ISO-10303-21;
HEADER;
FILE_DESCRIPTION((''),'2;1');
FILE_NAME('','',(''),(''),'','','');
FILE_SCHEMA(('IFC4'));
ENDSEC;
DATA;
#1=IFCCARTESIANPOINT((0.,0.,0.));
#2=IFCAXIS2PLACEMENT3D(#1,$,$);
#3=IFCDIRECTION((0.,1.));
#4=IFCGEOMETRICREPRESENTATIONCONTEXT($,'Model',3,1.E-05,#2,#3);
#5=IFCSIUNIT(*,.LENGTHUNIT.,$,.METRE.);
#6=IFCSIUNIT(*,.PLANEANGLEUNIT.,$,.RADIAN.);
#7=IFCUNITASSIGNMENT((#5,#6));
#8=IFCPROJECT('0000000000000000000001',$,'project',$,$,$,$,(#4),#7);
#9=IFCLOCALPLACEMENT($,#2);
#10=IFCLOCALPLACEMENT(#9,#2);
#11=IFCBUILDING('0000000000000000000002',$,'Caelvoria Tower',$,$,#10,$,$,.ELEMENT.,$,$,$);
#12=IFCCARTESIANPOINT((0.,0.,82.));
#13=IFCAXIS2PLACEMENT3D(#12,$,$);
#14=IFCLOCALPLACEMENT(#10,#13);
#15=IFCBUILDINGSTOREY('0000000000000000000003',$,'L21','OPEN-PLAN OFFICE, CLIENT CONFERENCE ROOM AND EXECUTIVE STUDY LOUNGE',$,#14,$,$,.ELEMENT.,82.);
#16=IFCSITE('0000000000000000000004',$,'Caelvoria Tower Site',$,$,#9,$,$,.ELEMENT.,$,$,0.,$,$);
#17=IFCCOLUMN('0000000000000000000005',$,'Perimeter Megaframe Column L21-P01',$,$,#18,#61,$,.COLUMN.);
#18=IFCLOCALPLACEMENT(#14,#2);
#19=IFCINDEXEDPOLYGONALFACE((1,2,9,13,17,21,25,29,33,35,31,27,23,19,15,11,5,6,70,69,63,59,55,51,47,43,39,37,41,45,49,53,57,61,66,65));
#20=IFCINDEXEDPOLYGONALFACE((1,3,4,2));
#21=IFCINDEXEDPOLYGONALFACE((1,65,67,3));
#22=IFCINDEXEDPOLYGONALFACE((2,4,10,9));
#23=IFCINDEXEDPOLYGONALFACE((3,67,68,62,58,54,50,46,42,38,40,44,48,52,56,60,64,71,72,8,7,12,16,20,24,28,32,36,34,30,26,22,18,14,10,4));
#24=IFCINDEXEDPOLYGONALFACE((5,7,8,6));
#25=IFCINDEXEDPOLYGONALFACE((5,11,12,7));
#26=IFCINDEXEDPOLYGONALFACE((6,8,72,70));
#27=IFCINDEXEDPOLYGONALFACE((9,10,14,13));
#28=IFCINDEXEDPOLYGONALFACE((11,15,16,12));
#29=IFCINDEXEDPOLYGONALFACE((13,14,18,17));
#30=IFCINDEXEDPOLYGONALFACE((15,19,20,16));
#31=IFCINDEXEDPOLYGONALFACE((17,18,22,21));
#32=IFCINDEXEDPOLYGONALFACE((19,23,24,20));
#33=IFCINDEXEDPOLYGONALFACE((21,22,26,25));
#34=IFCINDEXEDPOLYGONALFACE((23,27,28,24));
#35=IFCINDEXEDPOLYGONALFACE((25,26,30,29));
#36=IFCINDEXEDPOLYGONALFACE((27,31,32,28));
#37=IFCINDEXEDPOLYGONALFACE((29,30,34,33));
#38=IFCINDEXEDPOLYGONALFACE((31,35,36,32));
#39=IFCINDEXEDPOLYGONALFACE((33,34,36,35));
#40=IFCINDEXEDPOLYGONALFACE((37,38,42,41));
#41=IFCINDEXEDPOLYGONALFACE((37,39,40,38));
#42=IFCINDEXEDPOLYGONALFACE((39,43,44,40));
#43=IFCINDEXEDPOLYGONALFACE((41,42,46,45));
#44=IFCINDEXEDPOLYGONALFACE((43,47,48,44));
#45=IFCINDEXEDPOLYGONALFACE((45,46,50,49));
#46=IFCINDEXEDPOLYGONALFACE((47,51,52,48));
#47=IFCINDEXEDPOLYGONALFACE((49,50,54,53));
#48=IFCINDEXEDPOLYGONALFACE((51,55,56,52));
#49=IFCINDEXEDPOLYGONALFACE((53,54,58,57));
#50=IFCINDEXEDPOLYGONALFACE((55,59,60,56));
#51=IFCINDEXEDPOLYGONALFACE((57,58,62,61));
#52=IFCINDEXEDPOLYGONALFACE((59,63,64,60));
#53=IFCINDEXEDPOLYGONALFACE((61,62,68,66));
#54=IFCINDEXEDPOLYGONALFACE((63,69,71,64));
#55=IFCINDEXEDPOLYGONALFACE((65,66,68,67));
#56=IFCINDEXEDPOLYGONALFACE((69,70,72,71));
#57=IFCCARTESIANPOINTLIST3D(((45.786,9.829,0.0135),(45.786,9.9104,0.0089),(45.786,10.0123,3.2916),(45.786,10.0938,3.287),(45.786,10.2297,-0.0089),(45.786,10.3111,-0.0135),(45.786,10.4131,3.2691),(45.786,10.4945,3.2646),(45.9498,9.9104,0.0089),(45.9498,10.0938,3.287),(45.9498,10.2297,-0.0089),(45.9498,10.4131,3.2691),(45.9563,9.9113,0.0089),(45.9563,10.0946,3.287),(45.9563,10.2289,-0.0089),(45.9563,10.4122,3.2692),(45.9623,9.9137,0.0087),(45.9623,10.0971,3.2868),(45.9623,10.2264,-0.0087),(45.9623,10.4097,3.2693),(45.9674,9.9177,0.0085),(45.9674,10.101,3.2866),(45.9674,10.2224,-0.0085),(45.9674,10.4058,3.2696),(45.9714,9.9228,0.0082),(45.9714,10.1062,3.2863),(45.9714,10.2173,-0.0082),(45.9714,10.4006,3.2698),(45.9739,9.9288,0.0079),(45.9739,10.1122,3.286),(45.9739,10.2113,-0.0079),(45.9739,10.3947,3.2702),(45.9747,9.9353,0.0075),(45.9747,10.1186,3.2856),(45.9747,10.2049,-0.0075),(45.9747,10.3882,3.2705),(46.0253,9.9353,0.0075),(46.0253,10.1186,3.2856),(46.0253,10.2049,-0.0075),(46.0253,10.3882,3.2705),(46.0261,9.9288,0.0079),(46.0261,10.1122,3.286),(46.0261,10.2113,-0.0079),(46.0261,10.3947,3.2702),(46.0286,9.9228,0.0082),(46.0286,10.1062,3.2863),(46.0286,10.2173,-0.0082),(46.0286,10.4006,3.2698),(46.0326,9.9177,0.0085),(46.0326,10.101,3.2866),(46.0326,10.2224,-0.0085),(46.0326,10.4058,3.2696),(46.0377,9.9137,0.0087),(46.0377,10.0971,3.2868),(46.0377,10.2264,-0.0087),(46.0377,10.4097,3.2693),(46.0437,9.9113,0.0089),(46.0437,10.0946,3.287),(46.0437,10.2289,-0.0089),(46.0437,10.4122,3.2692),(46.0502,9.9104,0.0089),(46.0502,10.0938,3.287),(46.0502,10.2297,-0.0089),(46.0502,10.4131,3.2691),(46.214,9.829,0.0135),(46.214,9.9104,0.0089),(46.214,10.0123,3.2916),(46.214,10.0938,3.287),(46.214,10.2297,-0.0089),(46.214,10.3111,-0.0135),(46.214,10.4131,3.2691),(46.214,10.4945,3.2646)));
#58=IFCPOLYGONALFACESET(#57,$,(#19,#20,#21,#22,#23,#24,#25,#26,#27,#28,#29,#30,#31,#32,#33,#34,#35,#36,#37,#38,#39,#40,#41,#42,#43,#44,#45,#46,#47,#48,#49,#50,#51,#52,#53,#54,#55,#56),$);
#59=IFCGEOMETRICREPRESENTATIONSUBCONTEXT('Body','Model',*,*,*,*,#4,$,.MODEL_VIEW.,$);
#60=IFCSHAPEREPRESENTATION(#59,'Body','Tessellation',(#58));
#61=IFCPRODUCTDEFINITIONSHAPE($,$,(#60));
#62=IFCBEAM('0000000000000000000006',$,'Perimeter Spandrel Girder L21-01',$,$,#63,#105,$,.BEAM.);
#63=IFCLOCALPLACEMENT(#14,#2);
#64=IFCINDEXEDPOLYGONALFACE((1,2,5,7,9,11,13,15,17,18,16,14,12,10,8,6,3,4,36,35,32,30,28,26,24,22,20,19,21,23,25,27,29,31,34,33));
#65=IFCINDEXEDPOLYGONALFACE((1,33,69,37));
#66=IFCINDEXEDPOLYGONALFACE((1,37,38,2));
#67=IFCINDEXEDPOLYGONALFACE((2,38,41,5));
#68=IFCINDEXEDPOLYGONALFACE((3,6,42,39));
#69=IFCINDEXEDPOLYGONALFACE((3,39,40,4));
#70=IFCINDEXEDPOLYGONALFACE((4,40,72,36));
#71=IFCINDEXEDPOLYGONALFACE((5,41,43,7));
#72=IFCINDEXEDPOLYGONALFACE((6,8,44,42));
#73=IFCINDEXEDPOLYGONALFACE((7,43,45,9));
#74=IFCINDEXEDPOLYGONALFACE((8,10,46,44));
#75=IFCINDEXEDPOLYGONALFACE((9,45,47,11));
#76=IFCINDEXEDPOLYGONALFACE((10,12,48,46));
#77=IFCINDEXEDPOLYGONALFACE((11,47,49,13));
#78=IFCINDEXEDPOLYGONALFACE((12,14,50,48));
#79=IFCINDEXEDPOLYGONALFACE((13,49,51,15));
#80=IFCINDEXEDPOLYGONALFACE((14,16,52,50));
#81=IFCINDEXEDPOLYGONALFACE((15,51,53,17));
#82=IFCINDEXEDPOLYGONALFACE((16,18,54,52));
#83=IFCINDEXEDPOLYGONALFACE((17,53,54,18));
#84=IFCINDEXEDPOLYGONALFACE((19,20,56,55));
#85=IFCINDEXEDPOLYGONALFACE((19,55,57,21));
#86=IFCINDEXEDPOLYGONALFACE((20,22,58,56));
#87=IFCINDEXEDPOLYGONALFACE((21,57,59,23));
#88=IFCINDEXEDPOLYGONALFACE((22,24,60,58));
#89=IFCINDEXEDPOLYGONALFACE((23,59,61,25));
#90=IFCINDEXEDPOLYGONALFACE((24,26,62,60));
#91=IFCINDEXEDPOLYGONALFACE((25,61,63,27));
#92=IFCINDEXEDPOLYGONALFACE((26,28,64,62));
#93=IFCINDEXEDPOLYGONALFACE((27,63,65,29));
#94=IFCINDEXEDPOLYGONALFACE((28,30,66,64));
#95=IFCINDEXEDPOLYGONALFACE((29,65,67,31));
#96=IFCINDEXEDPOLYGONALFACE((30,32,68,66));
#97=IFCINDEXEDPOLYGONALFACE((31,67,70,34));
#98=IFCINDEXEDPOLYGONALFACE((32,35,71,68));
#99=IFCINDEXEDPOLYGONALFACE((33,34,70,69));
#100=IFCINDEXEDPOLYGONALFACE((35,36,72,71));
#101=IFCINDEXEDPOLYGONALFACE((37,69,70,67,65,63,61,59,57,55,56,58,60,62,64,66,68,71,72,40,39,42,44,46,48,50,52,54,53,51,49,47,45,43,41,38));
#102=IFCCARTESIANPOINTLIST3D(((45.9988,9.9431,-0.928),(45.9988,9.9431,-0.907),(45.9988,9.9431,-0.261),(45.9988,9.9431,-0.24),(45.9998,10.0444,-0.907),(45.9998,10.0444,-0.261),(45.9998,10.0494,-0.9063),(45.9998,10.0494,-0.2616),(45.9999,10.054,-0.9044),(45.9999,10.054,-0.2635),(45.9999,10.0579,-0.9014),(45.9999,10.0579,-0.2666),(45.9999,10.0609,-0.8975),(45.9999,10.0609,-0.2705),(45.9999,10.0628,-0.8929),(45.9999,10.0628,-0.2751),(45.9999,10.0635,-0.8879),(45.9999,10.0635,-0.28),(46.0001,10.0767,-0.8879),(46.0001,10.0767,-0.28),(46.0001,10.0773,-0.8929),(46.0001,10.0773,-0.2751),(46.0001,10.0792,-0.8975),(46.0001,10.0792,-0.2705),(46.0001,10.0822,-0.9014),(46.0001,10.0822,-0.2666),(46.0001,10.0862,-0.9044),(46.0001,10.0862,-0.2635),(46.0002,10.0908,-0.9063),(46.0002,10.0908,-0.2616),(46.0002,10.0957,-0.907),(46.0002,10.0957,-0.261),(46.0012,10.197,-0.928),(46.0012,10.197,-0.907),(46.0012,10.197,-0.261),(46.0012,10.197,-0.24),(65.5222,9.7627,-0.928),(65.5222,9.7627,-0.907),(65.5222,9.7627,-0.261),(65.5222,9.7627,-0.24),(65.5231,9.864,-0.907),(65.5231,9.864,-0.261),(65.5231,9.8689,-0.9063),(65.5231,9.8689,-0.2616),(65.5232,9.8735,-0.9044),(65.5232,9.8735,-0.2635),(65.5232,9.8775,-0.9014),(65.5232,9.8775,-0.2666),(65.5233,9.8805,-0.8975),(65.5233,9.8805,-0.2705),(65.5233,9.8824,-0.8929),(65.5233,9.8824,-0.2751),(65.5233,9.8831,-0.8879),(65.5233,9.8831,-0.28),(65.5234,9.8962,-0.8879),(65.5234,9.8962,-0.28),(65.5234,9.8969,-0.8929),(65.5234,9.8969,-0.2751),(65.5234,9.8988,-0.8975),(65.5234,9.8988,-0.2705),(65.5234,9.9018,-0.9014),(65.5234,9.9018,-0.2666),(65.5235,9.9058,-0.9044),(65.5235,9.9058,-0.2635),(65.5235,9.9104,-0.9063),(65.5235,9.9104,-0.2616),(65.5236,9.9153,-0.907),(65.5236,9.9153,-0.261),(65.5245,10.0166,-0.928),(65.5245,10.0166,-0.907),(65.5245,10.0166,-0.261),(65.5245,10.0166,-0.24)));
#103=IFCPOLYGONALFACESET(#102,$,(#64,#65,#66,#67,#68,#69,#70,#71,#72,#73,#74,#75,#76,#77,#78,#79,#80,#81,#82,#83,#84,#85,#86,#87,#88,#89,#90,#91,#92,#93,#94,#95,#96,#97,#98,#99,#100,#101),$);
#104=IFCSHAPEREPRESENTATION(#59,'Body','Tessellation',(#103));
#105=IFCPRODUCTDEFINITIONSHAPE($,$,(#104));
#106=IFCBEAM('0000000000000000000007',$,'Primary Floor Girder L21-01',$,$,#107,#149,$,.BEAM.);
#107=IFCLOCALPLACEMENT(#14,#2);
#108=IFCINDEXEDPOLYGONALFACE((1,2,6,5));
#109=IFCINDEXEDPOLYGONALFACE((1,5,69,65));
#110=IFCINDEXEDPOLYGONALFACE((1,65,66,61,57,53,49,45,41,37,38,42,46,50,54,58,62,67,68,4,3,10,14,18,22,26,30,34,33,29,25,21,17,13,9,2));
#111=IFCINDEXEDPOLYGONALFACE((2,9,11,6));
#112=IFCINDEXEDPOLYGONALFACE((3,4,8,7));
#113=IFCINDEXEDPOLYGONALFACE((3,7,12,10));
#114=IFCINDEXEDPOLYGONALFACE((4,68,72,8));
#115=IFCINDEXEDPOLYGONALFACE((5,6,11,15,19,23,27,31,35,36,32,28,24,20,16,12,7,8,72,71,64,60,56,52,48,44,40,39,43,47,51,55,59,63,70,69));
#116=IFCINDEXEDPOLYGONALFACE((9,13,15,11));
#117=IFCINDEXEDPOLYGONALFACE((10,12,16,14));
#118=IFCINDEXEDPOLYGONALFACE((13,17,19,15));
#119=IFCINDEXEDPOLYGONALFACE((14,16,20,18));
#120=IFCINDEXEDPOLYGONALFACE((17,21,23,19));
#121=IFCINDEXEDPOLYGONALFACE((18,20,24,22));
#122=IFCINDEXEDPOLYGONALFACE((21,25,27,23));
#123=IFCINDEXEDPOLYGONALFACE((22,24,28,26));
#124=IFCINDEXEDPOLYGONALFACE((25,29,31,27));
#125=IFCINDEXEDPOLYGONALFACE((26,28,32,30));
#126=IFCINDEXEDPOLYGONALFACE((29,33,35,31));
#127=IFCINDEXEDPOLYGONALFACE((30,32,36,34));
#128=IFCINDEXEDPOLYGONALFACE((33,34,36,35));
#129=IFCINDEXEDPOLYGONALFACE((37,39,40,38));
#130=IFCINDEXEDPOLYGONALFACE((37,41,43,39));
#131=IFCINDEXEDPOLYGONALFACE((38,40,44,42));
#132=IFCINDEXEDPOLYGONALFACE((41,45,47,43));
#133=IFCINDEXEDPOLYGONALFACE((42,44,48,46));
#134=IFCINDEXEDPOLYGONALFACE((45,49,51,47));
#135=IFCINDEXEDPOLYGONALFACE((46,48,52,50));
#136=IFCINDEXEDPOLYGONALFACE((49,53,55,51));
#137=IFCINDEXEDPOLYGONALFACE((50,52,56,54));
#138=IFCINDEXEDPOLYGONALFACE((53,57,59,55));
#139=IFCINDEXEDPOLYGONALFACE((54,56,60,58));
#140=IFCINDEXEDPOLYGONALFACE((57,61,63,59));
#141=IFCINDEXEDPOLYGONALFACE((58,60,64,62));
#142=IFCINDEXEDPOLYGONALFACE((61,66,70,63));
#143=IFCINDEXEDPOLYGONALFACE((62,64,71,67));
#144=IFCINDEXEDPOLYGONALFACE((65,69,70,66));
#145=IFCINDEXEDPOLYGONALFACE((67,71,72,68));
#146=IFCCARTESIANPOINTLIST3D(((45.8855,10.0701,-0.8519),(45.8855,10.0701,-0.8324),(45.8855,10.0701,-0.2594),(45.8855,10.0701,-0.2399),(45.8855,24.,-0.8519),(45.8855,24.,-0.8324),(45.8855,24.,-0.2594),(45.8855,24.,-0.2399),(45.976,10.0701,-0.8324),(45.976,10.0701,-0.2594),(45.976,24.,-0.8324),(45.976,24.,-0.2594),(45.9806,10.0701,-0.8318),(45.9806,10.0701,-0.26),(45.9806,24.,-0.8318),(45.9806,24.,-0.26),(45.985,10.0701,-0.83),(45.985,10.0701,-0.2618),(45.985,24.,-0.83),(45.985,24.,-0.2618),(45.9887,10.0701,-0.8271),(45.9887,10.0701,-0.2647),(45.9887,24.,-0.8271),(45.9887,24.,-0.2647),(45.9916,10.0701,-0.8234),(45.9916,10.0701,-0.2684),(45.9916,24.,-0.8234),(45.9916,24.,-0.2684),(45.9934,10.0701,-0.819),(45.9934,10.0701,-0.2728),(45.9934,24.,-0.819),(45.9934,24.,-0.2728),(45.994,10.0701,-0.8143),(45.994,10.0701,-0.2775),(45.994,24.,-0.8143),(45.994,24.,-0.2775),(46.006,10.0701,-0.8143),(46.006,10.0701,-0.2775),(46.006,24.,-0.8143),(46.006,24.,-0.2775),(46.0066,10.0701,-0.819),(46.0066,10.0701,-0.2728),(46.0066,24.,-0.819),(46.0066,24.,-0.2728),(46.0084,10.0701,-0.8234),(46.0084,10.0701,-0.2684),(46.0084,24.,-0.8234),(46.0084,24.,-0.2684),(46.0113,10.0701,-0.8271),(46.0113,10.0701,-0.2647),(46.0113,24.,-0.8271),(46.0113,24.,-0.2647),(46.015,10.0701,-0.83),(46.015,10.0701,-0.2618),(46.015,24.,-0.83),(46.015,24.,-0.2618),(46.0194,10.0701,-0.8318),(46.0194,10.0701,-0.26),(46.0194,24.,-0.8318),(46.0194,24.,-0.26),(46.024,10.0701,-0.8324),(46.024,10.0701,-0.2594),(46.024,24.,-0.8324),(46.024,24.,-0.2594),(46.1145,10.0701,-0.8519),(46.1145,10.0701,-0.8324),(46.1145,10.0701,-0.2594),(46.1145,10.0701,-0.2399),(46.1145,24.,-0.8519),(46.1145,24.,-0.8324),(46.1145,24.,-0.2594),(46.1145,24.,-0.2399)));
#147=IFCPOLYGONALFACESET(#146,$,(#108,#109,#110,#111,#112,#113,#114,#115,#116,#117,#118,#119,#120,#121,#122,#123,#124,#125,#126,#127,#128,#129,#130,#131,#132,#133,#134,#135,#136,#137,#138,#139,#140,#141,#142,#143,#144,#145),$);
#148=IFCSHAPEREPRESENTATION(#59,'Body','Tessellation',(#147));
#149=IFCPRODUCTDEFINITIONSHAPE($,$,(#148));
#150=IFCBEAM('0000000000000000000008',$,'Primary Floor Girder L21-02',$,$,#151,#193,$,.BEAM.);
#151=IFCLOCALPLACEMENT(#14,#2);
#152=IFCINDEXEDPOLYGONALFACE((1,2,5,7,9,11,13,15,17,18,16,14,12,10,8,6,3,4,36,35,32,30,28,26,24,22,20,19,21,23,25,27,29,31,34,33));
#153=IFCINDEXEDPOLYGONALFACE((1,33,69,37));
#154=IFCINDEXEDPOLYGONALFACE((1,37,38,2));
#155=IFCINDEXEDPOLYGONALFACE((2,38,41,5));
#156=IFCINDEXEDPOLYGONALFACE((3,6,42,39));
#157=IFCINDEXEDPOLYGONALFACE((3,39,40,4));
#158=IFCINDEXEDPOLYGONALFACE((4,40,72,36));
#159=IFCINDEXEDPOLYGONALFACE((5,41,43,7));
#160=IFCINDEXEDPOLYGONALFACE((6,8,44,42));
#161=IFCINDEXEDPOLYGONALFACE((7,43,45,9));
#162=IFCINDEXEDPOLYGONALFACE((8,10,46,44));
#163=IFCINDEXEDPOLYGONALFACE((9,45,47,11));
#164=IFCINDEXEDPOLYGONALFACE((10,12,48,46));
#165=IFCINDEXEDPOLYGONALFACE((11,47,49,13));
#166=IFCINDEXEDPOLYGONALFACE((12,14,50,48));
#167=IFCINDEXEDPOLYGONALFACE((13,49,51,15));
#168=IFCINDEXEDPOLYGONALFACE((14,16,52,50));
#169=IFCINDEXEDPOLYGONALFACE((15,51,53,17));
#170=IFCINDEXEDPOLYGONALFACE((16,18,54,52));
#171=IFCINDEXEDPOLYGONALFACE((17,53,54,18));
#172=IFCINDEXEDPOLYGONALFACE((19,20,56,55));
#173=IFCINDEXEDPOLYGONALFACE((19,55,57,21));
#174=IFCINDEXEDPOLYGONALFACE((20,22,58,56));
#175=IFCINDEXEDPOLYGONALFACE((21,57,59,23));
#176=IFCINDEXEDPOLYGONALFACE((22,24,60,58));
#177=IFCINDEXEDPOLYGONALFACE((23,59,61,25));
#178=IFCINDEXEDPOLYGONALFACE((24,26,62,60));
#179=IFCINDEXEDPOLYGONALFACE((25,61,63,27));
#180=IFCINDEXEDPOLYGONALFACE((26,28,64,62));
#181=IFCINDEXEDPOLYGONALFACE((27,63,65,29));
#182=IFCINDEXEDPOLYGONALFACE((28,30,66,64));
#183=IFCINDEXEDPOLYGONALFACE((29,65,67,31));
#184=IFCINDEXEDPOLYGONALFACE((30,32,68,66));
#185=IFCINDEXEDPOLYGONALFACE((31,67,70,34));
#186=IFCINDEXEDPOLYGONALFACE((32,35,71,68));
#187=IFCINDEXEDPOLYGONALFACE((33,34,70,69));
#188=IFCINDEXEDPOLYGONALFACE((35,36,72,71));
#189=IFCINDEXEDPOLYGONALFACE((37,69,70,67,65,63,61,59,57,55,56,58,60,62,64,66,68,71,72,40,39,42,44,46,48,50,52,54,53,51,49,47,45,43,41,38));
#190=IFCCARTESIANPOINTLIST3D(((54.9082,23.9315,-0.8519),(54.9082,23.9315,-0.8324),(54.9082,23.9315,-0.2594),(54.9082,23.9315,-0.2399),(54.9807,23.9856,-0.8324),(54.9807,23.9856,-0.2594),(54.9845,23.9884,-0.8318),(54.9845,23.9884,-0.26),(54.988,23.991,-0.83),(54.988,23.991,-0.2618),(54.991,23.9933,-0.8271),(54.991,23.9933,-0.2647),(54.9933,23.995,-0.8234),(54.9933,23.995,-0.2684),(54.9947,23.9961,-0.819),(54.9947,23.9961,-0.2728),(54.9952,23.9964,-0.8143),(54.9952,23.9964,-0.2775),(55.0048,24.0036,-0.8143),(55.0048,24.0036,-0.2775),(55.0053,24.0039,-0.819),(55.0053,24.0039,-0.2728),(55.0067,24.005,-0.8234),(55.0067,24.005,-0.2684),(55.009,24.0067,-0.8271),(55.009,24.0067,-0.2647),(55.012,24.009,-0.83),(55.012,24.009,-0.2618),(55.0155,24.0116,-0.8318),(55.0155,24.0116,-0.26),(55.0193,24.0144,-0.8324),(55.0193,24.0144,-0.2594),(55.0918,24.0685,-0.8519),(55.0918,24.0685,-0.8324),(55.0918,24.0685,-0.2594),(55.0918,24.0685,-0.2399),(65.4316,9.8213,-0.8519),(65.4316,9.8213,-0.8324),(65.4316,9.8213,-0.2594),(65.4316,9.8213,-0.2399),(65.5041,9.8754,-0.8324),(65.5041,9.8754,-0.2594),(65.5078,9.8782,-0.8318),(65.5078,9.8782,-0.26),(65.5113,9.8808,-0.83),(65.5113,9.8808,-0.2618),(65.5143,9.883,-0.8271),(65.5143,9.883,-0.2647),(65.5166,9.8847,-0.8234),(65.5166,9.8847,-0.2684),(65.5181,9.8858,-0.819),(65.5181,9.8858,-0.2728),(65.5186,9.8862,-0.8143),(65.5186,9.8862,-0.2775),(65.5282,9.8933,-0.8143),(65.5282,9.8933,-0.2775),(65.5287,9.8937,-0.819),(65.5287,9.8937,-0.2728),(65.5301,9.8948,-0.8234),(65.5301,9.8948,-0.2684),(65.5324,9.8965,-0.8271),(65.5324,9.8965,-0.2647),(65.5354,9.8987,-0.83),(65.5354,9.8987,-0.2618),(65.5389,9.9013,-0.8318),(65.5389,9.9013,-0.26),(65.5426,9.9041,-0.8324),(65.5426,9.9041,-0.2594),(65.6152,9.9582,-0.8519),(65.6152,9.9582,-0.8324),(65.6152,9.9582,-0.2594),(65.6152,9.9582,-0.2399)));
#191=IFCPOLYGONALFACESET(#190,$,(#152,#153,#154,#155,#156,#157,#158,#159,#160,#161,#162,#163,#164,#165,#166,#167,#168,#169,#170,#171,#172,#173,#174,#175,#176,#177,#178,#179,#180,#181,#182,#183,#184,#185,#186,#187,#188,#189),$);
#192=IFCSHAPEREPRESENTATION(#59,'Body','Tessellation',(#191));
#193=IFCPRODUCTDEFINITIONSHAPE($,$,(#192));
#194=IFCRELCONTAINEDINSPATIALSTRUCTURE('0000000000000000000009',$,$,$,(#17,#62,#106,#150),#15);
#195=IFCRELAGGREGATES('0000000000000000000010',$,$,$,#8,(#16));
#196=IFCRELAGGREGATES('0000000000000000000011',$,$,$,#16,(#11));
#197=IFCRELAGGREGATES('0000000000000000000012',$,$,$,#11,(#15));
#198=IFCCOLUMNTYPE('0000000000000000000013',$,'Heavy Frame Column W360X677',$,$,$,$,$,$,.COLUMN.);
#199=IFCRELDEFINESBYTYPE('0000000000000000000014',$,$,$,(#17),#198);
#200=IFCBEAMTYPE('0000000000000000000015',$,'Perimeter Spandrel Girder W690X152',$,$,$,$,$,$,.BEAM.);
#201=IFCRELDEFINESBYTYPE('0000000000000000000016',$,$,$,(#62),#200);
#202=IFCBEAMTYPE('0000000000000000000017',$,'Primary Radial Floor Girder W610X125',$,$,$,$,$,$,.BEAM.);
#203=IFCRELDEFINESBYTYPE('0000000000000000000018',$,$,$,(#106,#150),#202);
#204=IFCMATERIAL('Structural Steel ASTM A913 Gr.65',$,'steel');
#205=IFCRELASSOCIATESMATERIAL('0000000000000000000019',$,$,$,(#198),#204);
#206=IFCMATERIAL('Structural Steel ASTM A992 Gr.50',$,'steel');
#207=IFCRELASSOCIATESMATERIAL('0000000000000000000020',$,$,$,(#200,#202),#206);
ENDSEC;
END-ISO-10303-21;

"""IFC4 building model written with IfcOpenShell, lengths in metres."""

from ifc_helpers import new_model, si_unit, direction, frame, origin, origin_2d, place, context, subcontext, project, spatial, i_section, extrude, material, material_profile, profile_set, type_object, element, save


model = new_model("IFC4")

# Units and contexts
model_context = context("Model", 3, precision=1e-05, world=origin(), true_north=direction((0.0, 1.0)))
body_context = subcontext(model_context, "Body", "Model", "MODEL_VIEW")
ifc_project = project(units=[si_unit("LENGTHUNIT", "METRE"), si_unit("PLANEANGLEUNIT", "RADIAN")], contexts=[model_context])

# Site, building, storey
site_placement = place(None, origin())
site = spatial("IfcSite", under=ifc_project, at=site_placement, Name="Caelvoria Tower Site", CompositionType="ELEMENT", RefElevation=0.0)
building_placement = place(site_placement, origin())
building = spatial("IfcBuilding", under=site, at=building_placement, Name="Caelvoria Tower", CompositionType="ELEMENT")
storey_placement = place(building_placement, frame((0.0, 0.0, 82.0)))
storey = spatial("IfcBuildingStorey", under=building, at=storey_placement, Name="L21", Description="OPEN-PLAN OFFICE, CLIENT CONFERENCE ROOM AND EXECUTIVE STUDY LOUNGE", CompositionType="ELEMENT", Elevation=82.0)

# Column
ifc_material_1 = material(Name="Structural Steel ASTM A913 Gr.65", Category="steel")
ifc_material_profile_1 = material_profile(ifc_material_1, i_section(OverallWidth=0.428, OverallDepth=0.4829, WebThickness=0.0505, FlangeThickness=0.0815, FilletRadius=0.0249, at=origin_2d()), Name="Structural Steel ASTM A913 Gr.65")
ifc_profile_set_1 = profile_set([ifc_material_profile_1], Name="W360X677 - Structural Steel ASTM A913 Gr.65")
column_type = type_object("IfcColumnType", Name="Heavy Frame Column W360X677", PredefinedType="COLUMN", material=ifc_profile_set_1)
column_placement = place(storey_placement, frame((46.0, 10.0701, 0.0), z_axis=(0.0, 0.055845, 0.998439), x_axis=(-1.0, 0.0, 0.0)))
element("IfcColumn", 1, at=column_placement, inside=storey, type_object=column_type, Name="Perimeter Megaframe Column L21-P01", PredefinedType="COLUMN", context=body_context, shape_type="SweptSolid", body=[
    extrude(i_section(OverallWidth=0.428, OverallDepth=0.4829, WebThickness=0.0505, FlangeThickness=0.0815, FilletRadius=0.0249, at=origin_2d()), origin(), (0.0, 0.0, 1.0), 3.2832),
])

# Beams
ifc_material_2 = material(Name="Structural Steel ASTM A992 Gr.50", Category="steel")
ifc_material_profile_2 = material_profile(ifc_material_2, i_section(OverallWidth=0.2539, OverallDepth=0.688, WebThickness=0.0132, FlangeThickness=0.021, FilletRadius=0.019, at=origin_2d()), Name="Structural Steel ASTM A992 Gr.50")
ifc_profile_set_2 = profile_set([ifc_material_profile_2], Name="W690X152 - Structural Steel ASTM A992 Gr.50")
beam_type_1 = type_object("IfcBeamType", Name="Perimeter Spandrel Girder W690X152", PredefinedType="BEAM", material=ifc_profile_set_2)
beam_1_placement = place(storey_placement, frame((46.0, 10.0701, -0.584), z_axis=(0.999957, -0.009241, 0.0), x_axis=(0.009241, 0.999957, 0.0)))
element("IfcBeam", 2, at=beam_1_placement, inside=storey, type_object=beam_type_1, Name="Perimeter Spandrel Girder L21-01", PredefinedType="BEAM", context=body_context, shape_type="SweptSolid", body=[
    extrude(i_section(OverallWidth=0.2539, OverallDepth=0.688, WebThickness=0.0132, FlangeThickness=0.021, FilletRadius=0.019, at=origin_2d()), origin(), (0.0, 0.0, 1.0), 19.5242),
])
ifc_material_profile_3 = material_profile(ifc_material_2, i_section(OverallWidth=0.229, OverallDepth=0.6121, WebThickness=0.012, FlangeThickness=0.0195, FilletRadius=0.0181, at=origin_2d()), Name="Structural Steel ASTM A992 Gr.50")
ifc_profile_set_3 = profile_set([ifc_material_profile_3], Name="W610X125 - Structural Steel ASTM A992 Gr.50")
beam_type_2 = type_object("IfcBeamType", Name="Primary Radial Floor Girder W610X125", PredefinedType="BEAM", material=ifc_profile_set_3)
beam_2_placement = place(storey_placement, frame((46.0, 24.0, -0.5459), z_axis=(0.0, -1.0, 0.0), x_axis=(1.0, 0.0, 0.0)))
element("IfcBeam", 3, at=beam_2_placement, inside=storey, type_object=beam_type_2, Name="Primary Floor Girder L21-01", PredefinedType="BEAM", context=body_context, shape_type="SweptSolid", body=[
    extrude(i_section(OverallWidth=0.229, OverallDepth=0.6121, WebThickness=0.012, FlangeThickness=0.0195, FilletRadius=0.0181, at=origin_2d()), origin(), (0.0, 0.0, 1.0), 13.9299),
])
beam_3_placement = place(storey_placement, frame((55.0, 24.0, -0.5459), z_axis=(0.597841, -0.801615, 0.0), x_axis=(0.801615, 0.597841, 0.0)))
element("IfcBeam", 4, at=beam_3_placement, inside=storey, type_object=beam_type_2, Name="Primary Floor Girder L21-02", PredefinedType="BEAM", context=body_context, shape_type="SweptSolid", body=[
    extrude(i_section(OverallWidth=0.229, OverallDepth=0.6121, WebThickness=0.012, FlangeThickness=0.0195, FilletRadius=0.0181, at=origin_2d()), origin(), (0.0, 0.0, 1.0), 17.6023),
])

save(model, "model.ifc")
